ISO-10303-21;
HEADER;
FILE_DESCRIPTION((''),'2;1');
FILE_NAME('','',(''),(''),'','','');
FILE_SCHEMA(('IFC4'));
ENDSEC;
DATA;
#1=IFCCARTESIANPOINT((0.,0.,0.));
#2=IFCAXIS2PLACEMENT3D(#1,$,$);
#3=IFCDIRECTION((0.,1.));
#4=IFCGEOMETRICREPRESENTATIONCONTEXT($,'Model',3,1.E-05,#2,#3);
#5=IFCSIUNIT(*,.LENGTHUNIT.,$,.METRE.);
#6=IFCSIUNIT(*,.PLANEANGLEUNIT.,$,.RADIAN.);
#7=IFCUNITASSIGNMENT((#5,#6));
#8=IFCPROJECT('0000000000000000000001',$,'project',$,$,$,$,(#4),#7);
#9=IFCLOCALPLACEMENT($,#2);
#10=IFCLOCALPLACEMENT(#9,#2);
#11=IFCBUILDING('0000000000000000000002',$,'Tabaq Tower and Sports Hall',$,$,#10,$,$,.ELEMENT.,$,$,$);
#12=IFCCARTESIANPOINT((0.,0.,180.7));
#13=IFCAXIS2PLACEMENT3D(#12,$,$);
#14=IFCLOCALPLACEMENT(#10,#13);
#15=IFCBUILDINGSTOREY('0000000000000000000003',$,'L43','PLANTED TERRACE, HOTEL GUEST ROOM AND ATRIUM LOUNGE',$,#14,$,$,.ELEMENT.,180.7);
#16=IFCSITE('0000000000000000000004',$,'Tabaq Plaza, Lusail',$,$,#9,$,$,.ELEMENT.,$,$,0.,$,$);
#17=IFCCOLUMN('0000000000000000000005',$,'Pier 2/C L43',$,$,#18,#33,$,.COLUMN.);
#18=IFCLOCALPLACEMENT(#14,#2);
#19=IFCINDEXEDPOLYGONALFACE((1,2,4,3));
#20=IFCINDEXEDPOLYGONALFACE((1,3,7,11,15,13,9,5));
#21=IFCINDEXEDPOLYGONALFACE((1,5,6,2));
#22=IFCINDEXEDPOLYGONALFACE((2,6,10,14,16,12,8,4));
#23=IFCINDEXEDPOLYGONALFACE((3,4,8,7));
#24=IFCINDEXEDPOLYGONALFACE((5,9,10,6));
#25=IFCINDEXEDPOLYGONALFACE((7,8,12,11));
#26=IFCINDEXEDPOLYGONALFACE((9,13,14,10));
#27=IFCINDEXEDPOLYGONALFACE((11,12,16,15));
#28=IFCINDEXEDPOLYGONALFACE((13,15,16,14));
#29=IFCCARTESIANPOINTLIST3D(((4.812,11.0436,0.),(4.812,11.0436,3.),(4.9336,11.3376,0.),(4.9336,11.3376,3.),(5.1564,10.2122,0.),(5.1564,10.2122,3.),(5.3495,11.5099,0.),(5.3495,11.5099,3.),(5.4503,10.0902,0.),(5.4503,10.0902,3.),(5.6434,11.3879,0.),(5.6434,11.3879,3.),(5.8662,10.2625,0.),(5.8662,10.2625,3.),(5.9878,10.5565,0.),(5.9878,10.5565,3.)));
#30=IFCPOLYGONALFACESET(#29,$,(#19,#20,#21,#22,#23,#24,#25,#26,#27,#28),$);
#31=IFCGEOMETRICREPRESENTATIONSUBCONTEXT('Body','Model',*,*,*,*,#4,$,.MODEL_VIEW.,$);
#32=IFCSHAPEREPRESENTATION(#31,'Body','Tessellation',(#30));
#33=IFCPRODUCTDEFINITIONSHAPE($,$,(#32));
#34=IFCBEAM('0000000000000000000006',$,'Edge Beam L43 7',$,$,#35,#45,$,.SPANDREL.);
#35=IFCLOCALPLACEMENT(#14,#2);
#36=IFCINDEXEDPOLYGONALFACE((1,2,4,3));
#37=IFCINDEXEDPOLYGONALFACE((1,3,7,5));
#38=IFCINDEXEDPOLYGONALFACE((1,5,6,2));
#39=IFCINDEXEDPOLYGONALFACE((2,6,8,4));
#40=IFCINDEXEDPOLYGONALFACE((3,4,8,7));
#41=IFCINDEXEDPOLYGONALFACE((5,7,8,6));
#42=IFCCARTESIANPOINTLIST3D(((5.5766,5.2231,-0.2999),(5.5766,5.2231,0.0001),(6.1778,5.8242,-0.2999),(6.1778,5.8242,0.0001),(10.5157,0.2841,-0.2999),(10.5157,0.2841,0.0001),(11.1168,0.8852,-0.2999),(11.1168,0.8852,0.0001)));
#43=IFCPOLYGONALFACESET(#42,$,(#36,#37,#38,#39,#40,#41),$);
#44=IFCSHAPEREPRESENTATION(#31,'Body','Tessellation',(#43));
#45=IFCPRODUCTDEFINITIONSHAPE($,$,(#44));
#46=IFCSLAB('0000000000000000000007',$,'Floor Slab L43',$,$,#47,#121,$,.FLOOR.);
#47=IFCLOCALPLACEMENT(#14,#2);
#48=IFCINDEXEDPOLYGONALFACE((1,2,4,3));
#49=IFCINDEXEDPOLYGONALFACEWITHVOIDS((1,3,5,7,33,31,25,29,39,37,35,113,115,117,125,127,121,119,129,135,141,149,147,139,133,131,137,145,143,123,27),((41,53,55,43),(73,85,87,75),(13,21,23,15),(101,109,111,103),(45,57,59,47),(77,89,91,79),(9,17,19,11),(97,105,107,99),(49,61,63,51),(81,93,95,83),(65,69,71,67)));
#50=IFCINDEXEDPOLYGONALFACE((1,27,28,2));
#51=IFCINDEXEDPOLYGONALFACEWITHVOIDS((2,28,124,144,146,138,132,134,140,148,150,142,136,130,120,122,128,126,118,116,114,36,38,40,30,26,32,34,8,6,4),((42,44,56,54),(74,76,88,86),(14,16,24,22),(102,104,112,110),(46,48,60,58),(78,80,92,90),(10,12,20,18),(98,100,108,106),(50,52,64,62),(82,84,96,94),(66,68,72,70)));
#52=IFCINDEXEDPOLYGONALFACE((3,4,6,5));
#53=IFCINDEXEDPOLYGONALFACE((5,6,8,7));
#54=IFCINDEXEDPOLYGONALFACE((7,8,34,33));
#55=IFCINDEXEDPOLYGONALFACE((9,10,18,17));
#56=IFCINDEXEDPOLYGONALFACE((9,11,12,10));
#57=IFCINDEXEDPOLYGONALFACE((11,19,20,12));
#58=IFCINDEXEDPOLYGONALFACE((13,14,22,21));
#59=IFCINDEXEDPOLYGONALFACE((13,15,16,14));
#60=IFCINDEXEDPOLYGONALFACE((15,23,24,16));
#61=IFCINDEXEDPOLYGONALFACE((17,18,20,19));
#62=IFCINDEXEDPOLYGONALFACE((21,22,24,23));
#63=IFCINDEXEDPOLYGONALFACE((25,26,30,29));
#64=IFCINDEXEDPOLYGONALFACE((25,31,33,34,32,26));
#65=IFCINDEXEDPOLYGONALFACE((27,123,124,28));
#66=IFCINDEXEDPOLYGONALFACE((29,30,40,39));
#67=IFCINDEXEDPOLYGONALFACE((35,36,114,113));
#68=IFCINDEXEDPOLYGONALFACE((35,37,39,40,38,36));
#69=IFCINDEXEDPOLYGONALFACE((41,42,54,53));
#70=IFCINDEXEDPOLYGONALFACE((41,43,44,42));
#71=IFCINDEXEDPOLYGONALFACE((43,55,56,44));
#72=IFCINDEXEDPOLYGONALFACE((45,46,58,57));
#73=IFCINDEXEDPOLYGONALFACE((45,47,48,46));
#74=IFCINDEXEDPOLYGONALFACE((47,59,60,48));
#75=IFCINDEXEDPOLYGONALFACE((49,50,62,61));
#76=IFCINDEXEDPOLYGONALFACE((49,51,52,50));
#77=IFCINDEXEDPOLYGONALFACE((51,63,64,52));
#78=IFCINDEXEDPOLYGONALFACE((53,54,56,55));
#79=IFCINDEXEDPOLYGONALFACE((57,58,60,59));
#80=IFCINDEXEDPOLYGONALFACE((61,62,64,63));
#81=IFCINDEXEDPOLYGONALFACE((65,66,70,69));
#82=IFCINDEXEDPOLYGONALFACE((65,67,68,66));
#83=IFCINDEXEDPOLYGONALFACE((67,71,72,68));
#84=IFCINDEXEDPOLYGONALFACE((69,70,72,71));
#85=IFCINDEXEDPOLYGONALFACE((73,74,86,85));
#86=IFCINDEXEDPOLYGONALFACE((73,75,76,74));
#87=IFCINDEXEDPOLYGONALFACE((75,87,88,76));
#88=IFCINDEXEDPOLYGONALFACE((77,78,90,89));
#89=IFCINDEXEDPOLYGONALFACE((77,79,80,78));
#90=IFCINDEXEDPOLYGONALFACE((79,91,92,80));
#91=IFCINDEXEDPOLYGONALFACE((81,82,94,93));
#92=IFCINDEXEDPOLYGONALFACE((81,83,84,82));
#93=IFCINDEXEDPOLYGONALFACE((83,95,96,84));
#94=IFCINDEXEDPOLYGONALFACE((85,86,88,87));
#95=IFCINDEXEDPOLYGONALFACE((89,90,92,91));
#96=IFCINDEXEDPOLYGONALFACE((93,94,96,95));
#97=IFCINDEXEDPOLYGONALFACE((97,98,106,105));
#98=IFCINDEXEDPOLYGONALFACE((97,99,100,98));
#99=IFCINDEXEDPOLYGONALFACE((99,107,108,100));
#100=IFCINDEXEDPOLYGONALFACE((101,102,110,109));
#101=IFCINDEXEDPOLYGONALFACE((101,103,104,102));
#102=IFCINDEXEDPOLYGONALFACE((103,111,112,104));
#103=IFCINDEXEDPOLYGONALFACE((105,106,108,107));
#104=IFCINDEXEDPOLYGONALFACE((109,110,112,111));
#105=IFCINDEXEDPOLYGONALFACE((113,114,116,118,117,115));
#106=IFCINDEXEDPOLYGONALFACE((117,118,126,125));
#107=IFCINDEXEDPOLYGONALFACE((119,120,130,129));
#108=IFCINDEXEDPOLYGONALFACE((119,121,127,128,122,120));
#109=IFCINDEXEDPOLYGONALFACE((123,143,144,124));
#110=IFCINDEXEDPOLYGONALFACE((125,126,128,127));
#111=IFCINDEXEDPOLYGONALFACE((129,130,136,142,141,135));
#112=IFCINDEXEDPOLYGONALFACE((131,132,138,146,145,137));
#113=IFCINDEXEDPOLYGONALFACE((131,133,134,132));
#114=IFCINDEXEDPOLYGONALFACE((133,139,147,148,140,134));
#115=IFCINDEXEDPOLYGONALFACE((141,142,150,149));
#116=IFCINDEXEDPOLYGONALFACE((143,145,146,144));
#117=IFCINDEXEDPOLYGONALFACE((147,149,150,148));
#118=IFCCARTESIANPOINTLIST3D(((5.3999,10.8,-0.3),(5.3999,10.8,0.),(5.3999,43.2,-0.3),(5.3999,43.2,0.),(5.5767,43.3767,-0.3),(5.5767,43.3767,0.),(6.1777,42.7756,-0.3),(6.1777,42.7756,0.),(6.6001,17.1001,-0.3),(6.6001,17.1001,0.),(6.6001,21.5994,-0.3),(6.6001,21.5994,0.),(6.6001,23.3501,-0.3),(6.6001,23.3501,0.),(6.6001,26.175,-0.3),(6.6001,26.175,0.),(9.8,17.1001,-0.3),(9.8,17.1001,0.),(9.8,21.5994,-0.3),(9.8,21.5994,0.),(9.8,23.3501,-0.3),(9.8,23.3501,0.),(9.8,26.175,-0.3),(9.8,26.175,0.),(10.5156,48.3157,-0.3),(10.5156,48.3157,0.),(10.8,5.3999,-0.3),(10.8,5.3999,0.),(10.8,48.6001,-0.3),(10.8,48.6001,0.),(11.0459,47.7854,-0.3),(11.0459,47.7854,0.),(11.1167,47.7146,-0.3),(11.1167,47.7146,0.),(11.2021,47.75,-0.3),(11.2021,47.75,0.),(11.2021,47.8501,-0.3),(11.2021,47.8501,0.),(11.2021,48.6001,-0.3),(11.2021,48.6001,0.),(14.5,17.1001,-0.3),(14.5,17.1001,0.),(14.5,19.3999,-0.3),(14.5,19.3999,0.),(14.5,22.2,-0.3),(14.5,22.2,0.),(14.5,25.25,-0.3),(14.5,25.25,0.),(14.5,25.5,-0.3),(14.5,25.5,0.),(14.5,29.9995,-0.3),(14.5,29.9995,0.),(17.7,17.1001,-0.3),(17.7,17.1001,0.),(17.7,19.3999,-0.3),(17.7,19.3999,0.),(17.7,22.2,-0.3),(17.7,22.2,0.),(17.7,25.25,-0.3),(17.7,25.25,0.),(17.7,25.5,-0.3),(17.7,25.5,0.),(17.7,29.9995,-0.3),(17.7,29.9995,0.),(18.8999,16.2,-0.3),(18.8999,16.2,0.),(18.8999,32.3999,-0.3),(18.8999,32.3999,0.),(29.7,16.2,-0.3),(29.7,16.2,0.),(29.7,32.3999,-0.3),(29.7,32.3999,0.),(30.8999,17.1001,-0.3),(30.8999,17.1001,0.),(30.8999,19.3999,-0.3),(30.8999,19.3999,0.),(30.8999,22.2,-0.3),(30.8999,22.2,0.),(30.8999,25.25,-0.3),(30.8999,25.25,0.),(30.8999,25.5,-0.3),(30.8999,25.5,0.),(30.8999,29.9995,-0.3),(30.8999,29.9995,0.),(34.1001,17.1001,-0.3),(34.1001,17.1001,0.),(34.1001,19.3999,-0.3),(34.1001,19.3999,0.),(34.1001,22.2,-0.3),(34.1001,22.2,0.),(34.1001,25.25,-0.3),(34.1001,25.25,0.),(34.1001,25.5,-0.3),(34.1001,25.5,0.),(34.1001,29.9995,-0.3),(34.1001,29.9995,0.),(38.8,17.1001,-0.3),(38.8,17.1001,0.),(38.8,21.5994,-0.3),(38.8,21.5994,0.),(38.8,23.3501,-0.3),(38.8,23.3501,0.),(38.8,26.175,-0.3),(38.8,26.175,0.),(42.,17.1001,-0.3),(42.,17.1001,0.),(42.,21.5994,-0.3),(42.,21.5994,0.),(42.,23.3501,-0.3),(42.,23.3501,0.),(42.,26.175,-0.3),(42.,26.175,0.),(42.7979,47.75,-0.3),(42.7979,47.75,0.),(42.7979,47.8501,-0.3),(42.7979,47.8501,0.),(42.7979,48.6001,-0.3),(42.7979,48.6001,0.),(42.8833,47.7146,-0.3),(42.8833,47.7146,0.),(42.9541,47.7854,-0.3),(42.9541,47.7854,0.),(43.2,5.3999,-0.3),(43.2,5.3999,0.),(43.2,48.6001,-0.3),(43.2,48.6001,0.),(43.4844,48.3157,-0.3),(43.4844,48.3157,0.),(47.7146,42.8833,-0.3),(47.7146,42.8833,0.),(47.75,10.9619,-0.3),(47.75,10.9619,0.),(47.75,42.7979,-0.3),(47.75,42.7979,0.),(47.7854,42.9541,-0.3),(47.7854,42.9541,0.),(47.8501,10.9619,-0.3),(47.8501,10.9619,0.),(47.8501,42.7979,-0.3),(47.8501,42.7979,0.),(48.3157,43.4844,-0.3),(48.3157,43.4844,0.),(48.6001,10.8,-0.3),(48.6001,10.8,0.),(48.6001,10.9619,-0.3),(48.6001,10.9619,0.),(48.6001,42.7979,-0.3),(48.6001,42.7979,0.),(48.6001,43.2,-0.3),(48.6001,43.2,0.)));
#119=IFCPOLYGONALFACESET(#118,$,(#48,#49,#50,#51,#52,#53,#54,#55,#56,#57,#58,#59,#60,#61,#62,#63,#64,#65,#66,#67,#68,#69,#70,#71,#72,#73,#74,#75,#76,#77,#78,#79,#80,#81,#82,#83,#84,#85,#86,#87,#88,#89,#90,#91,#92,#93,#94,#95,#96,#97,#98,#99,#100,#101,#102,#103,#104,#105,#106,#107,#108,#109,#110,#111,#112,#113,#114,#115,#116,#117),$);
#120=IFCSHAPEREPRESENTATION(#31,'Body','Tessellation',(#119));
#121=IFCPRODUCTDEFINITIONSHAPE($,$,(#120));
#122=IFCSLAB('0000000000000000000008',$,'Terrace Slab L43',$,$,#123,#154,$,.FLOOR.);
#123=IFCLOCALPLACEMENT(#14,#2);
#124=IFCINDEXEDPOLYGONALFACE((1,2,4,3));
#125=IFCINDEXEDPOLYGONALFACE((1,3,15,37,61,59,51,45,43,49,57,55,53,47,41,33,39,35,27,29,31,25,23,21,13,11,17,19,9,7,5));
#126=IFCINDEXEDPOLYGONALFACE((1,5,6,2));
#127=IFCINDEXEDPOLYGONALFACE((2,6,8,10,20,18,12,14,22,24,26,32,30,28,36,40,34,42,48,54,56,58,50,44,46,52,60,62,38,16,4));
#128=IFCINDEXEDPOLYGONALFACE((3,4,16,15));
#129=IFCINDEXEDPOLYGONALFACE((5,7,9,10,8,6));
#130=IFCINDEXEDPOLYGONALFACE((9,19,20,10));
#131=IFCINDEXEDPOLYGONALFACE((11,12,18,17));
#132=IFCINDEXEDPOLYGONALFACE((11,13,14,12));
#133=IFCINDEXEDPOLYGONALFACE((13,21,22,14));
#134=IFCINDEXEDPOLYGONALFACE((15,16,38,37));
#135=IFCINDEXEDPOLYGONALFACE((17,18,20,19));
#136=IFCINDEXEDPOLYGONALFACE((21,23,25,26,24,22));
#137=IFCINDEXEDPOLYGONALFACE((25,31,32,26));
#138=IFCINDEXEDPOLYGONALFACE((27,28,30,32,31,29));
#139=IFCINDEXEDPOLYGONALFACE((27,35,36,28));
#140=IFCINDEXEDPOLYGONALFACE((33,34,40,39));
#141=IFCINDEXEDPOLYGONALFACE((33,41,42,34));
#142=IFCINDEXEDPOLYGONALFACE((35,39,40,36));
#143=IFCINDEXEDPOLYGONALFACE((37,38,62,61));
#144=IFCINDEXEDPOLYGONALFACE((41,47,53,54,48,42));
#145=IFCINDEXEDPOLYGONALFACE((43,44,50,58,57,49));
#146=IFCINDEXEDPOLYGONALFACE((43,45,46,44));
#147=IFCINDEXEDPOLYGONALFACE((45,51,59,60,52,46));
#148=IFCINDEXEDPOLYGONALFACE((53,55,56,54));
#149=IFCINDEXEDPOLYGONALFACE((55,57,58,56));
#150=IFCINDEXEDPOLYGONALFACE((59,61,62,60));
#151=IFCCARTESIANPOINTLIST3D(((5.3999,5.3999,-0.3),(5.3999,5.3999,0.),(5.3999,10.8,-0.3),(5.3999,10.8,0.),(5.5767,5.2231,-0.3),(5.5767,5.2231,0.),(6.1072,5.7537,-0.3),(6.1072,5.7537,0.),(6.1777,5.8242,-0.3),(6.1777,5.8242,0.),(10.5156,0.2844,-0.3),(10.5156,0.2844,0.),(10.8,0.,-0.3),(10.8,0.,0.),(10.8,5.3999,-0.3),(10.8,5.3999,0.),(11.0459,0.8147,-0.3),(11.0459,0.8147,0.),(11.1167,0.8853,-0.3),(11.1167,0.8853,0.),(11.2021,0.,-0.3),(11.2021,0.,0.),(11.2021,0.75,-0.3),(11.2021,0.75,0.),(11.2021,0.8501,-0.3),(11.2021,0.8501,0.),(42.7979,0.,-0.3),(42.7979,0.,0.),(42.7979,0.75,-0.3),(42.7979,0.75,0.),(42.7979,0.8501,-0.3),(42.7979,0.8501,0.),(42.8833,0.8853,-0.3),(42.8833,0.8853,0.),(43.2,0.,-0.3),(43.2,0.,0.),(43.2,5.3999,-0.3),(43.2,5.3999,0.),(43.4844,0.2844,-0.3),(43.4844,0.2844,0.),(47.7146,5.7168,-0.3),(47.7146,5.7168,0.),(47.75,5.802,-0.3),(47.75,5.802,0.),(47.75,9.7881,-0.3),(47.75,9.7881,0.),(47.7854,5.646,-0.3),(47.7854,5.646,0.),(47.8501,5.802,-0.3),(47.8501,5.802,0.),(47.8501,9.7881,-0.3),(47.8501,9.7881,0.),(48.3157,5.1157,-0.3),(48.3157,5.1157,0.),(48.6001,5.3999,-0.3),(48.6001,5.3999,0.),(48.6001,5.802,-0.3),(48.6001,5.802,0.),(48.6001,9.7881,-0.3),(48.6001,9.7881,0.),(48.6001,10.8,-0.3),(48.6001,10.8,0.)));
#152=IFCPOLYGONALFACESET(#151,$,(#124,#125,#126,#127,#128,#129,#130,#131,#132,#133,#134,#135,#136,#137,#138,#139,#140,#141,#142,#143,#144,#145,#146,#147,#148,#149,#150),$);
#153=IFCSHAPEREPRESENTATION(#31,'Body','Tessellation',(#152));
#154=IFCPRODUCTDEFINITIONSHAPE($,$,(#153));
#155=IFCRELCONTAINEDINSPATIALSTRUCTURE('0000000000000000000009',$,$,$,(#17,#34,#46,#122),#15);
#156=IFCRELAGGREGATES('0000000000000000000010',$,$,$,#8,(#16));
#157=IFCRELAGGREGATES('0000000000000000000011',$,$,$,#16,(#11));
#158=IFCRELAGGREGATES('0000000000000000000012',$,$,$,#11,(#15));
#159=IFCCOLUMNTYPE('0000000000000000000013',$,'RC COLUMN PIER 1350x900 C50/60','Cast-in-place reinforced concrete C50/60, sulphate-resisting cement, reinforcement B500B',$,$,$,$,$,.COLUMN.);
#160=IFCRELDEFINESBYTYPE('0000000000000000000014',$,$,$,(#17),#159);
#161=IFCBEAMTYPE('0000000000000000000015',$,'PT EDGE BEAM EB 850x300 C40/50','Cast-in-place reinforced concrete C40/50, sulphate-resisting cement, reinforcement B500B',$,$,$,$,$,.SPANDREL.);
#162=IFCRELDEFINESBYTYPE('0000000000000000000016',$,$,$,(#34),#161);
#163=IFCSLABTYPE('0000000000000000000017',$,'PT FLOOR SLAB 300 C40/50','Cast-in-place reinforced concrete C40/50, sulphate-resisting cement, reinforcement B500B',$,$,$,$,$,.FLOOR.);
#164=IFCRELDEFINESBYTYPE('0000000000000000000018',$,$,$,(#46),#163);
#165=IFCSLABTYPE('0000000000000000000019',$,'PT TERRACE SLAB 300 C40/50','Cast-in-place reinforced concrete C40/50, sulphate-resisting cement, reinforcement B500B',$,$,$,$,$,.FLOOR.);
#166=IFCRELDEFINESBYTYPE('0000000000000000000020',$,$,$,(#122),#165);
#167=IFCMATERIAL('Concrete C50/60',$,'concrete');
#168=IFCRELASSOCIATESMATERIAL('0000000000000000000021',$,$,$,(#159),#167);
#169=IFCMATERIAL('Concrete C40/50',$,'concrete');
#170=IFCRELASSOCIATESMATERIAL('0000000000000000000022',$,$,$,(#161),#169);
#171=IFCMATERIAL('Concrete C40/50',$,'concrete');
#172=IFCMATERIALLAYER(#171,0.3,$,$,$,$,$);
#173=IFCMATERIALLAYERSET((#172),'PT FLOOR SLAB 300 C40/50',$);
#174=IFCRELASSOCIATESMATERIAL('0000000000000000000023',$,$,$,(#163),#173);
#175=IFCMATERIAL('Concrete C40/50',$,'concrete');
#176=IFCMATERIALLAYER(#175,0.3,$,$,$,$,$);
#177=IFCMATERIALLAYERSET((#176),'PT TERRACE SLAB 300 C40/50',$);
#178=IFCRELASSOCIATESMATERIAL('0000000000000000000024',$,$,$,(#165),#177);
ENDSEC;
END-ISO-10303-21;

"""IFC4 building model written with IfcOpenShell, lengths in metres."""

from ifc_helpers import new_model, si_unit, direction, frame, origin, origin_2d, place, context, subcontext, project, spatial, polyline, rectangle, outline, extrude, material, layer, layer_set, material_profile, profile_set, type_object, element, save


model = new_model("IFC4")

# Units and contexts
model_context = context("Model", 3, precision=1e-05, world=origin(), true_north=direction((0.0, 1.0)))
body_context = subcontext(model_context, "Body", "Model", "MODEL_VIEW")
ifc_project = project(units=[si_unit("LENGTHUNIT", "METRE"), si_unit("PLANEANGLEUNIT", "RADIAN")], contexts=[model_context])

# Site, building, storey
site_placement = place(None, origin())
site = spatial("IfcSite", under=ifc_project, at=site_placement, Name="Tabaq Plaza, Lusail", CompositionType="ELEMENT", RefElevation=0.0)
building_placement = place(site_placement, origin())
building = spatial("IfcBuilding", under=site, at=building_placement, Name="Tabaq Tower and Sports Hall", CompositionType="ELEMENT")
storey_placement = place(building_placement, frame((0.0, 0.0, 180.7)))
storey = spatial("IfcBuildingStorey", under=building, at=storey_placement, Name="L43", Description="PLANTED TERRACE, HOTEL GUEST ROOM AND ATRIUM LOUNGE", CompositionType="ELEMENT", Elevation=180.7)

# Column
ifc_material_1 = material(Name="Concrete C50/60", Category="concrete")
ifc_material_profile_1 = material_profile(ifc_material_1, outline(polyline([(-0.45, -0.45), (0.45, -0.45), (0.675, -0.2251), (0.675, 0.2251), (0.45, 0.45), (-0.45, 0.45), (-0.675, 0.2251), (-0.675, -0.2251), (-0.45, -0.45)])), Name="PIER 1350x900")
ifc_profile_set_1 = profile_set([ifc_material_profile_1], Name="Concrete C50/60")
column_type = type_object("IfcColumnType", Name="RC COLUMN PIER 1350x900 C50/60", Description="Cast-in-place reinforced concrete C50/60, sulphate-resisting cement, reinforcement B500B", PredefinedType="COLUMN", material=ifc_profile_set_1)
column_placement = place(storey_placement, frame((5.3999, 10.8, 0.0), z_axis=(0.0, 0.0, 1.0), x_axis=(-0.382683, 0.92388, 0.0)))
element("IfcColumn", 1, at=column_placement, inside=storey, type_object=column_type, Name="Pier 2/C L43", PredefinedType="COLUMN", context=body_context, shape_type="SweptSolid", body=[
    extrude(outline(polyline([(-0.45, -0.45), (0.45, -0.45), (0.675, -0.2251), (0.675, 0.2251), (0.45, 0.45), (-0.45, 0.45), (-0.675, 0.2251), (-0.675, -0.2251), (-0.45, -0.45)])), origin(), (0.0, 0.0, 1.0), 3.0),
])

# Beam
ifc_material_2 = material(Name="Concrete C40/50", Category="concrete")
ifc_material_profile_2 = material_profile(ifc_material_2, rectangle(XDim=0.8501, YDim=0.3, at=origin_2d()), Name="EB 850x300")
ifc_profile_set_2 = profile_set([ifc_material_profile_2], Name="Concrete C40/50")
beam_type = type_object("IfcBeamType", Name="PT EDGE BEAM EB 850x300 C40/50", Description="Cast-in-place reinforced concrete C40/50, sulphate-resisting cement, reinforcement B500B", PredefinedType="SPANDREL", material=ifc_profile_set_2)
beam_placement = place(storey_placement, frame((5.8772, 5.5237, -0.1499), z_axis=(0.707107, -0.707107, 0.0), x_axis=(0.707107, 0.707107, 0.0)))
element("IfcBeam", 2, at=beam_placement, inside=storey, type_object=beam_type, Name="Edge Beam L43 7", PredefinedType="SPANDREL", context=body_context, shape_type="SweptSolid", body=[
    extrude(rectangle(XDim=0.8501, YDim=0.3, at=origin_2d()), origin(), (0.0, 0.0, 1.0), 6.9849),
])

# Slabs
ifc_material_3 = material(Name="Concrete C40/50", Category="concrete")
ifc_layer_1 = layer(ifc_material_3, 0.3)
ifc_layer_set_1 = layer_set([ifc_layer_1], Name="PT FLOOR SLAB 300 C40/50")
slab_type_1 = type_object("IfcSlabType", Name="PT FLOOR SLAB 300 C40/50", Description="Cast-in-place reinforced concrete C40/50, sulphate-resisting cement, reinforcement B500B", PredefinedType="FLOOR", material=ifc_layer_set_1)
slab_1_placement = place(storey_placement, frame((0.0, 0.0, -0.3)))
element("IfcSlab", 3, at=slab_1_placement, inside=storey, type_object=slab_type_1, Name="Floor Slab L43", PredefinedType="FLOOR", context=body_context, shape_type="SweptSolid", body=[
    extrude(outline(polyline([(5.3999, 43.2), (5.3999, 10.8), (10.8, 5.3999), (43.2, 5.3999), (48.6001, 10.8), (48.6001, 10.9619), (47.8501, 10.9619), (47.75, 10.9619), (47.75, 42.7979), (47.8501, 42.7979), (48.6001, 42.7979), (48.6001, 43.2), (48.3157, 43.4844), (47.7854, 42.9541), (47.7146, 42.8833), (42.8833, 47.7146), (42.9541, 47.7854), (43.4844, 48.3157), (43.2, 48.6001), (42.7979, 48.6001), (42.7979, 47.8501), (42.7979, 47.75), (11.2021, 47.75), (11.2021, 47.8501), (11.2021, 48.6001), (10.8, 48.6001), (10.5156, 48.3157), (11.0459, 47.7854), (11.0459, 47.7854), (11.1167, 47.7146), (6.1777, 42.7756), (5.5767, 43.3767), (5.3999, 43.2)]), holes=[polyline([(14.5, 19.3999), (17.7, 19.3999), (17.7, 17.1001), (14.5, 17.1001), (14.5, 19.3999)]), polyline([(6.6001, 21.5994), (9.8, 21.5994), (9.8, 17.1001), (6.6001, 17.1001), (6.6001, 21.5994)]), polyline([(14.5, 25.25), (17.7, 25.25), (17.7, 22.2), (14.5, 22.2), (14.5, 25.25)]), polyline([(18.8999, 32.3999), (29.7, 32.3999), (29.7, 16.2), (18.8999, 16.2), (18.8999, 32.3999)]), polyline([(9.8, 26.175), (9.8, 23.3501), (6.6001, 23.3501), (6.6001, 26.175), (9.8, 26.175)]), polyline([(14.5, 29.9995), (17.7, 29.9995), (17.7, 25.5), (14.5, 25.5), (14.5, 29.9995)]), polyline([(34.1001, 19.3999), (34.1001, 17.1001), (30.8999, 17.1001), (30.8999, 19.3999), (34.1001, 19.3999)]), polyline([(42.0, 21.5994), (42.0, 17.1001), (38.8, 17.1001), (38.8, 21.5994), (42.0, 21.5994)]), polyline([(30.8999, 25.25), (34.1001, 25.25), (34.1001, 22.2), (30.8999, 22.2), (30.8999, 25.25)]), polyline([(42.0, 26.175), (42.0, 23.3501), (38.8, 23.3501), (38.8, 26.175), (42.0, 26.175)]), polyline([(34.1001, 29.9995), (34.1001, 25.5), (30.8999, 25.5), (30.8999, 29.9995), (34.1001, 29.9995)])]), origin(), (0.0, 0.0, 1.0), 0.3),
])
ifc_material_4 = material(Name="Concrete C40/50", Category="concrete")
ifc_layer_2 = layer(ifc_material_4, 0.3)
ifc_layer_set_2 = layer_set([ifc_layer_2], Name="PT TERRACE SLAB 300 C40/50")
slab_type_2 = type_object("IfcSlabType", Name="PT TERRACE SLAB 300 C40/50", Description="Cast-in-place reinforced concrete C40/50, sulphate-resisting cement, reinforcement B500B", PredefinedType="FLOOR", material=ifc_layer_set_2)
slab_2_placement = place(storey_placement, frame((0.0, 0.0, -0.3)))
element("IfcSlab", 4, at=slab_2_placement, inside=storey, type_object=slab_type_2, Name="Terrace Slab L43", PredefinedType="FLOOR", context=body_context, shape_type="SweptSolid", body=[
    extrude(outline(polyline([(42.7979, 0.0), (43.2, 0.0), (43.4844, 0.2844), (42.8833, 0.8853), (47.7146, 5.7168), (47.7854, 5.646), (48.3157, 5.1157), (48.6001, 5.3999), (48.6001, 5.802), (47.8501, 5.802), (47.75, 5.802), (47.75, 9.7881), (47.8501, 9.7881), (48.6001, 9.7881), (48.6001, 10.8), (43.2, 5.3999), (10.8, 5.3999), (5.3999, 10.8), (5.3999, 5.3999), (5.5767, 5.2231), (6.1072, 5.7537), (6.1777, 5.8242), (11.1167, 0.8853), (11.0459, 0.8147), (10.5156, 0.2844), (10.8, 0.0), (11.2021, 0.0), (11.2021, 0.75), (11.2021, 0.8501), (42.7979, 0.8501), (42.7979, 0.75), (42.7979, 0.0)])), origin(), (0.0, 0.0, 1.0), 0.3),
])

save(model, "model.ifc")
